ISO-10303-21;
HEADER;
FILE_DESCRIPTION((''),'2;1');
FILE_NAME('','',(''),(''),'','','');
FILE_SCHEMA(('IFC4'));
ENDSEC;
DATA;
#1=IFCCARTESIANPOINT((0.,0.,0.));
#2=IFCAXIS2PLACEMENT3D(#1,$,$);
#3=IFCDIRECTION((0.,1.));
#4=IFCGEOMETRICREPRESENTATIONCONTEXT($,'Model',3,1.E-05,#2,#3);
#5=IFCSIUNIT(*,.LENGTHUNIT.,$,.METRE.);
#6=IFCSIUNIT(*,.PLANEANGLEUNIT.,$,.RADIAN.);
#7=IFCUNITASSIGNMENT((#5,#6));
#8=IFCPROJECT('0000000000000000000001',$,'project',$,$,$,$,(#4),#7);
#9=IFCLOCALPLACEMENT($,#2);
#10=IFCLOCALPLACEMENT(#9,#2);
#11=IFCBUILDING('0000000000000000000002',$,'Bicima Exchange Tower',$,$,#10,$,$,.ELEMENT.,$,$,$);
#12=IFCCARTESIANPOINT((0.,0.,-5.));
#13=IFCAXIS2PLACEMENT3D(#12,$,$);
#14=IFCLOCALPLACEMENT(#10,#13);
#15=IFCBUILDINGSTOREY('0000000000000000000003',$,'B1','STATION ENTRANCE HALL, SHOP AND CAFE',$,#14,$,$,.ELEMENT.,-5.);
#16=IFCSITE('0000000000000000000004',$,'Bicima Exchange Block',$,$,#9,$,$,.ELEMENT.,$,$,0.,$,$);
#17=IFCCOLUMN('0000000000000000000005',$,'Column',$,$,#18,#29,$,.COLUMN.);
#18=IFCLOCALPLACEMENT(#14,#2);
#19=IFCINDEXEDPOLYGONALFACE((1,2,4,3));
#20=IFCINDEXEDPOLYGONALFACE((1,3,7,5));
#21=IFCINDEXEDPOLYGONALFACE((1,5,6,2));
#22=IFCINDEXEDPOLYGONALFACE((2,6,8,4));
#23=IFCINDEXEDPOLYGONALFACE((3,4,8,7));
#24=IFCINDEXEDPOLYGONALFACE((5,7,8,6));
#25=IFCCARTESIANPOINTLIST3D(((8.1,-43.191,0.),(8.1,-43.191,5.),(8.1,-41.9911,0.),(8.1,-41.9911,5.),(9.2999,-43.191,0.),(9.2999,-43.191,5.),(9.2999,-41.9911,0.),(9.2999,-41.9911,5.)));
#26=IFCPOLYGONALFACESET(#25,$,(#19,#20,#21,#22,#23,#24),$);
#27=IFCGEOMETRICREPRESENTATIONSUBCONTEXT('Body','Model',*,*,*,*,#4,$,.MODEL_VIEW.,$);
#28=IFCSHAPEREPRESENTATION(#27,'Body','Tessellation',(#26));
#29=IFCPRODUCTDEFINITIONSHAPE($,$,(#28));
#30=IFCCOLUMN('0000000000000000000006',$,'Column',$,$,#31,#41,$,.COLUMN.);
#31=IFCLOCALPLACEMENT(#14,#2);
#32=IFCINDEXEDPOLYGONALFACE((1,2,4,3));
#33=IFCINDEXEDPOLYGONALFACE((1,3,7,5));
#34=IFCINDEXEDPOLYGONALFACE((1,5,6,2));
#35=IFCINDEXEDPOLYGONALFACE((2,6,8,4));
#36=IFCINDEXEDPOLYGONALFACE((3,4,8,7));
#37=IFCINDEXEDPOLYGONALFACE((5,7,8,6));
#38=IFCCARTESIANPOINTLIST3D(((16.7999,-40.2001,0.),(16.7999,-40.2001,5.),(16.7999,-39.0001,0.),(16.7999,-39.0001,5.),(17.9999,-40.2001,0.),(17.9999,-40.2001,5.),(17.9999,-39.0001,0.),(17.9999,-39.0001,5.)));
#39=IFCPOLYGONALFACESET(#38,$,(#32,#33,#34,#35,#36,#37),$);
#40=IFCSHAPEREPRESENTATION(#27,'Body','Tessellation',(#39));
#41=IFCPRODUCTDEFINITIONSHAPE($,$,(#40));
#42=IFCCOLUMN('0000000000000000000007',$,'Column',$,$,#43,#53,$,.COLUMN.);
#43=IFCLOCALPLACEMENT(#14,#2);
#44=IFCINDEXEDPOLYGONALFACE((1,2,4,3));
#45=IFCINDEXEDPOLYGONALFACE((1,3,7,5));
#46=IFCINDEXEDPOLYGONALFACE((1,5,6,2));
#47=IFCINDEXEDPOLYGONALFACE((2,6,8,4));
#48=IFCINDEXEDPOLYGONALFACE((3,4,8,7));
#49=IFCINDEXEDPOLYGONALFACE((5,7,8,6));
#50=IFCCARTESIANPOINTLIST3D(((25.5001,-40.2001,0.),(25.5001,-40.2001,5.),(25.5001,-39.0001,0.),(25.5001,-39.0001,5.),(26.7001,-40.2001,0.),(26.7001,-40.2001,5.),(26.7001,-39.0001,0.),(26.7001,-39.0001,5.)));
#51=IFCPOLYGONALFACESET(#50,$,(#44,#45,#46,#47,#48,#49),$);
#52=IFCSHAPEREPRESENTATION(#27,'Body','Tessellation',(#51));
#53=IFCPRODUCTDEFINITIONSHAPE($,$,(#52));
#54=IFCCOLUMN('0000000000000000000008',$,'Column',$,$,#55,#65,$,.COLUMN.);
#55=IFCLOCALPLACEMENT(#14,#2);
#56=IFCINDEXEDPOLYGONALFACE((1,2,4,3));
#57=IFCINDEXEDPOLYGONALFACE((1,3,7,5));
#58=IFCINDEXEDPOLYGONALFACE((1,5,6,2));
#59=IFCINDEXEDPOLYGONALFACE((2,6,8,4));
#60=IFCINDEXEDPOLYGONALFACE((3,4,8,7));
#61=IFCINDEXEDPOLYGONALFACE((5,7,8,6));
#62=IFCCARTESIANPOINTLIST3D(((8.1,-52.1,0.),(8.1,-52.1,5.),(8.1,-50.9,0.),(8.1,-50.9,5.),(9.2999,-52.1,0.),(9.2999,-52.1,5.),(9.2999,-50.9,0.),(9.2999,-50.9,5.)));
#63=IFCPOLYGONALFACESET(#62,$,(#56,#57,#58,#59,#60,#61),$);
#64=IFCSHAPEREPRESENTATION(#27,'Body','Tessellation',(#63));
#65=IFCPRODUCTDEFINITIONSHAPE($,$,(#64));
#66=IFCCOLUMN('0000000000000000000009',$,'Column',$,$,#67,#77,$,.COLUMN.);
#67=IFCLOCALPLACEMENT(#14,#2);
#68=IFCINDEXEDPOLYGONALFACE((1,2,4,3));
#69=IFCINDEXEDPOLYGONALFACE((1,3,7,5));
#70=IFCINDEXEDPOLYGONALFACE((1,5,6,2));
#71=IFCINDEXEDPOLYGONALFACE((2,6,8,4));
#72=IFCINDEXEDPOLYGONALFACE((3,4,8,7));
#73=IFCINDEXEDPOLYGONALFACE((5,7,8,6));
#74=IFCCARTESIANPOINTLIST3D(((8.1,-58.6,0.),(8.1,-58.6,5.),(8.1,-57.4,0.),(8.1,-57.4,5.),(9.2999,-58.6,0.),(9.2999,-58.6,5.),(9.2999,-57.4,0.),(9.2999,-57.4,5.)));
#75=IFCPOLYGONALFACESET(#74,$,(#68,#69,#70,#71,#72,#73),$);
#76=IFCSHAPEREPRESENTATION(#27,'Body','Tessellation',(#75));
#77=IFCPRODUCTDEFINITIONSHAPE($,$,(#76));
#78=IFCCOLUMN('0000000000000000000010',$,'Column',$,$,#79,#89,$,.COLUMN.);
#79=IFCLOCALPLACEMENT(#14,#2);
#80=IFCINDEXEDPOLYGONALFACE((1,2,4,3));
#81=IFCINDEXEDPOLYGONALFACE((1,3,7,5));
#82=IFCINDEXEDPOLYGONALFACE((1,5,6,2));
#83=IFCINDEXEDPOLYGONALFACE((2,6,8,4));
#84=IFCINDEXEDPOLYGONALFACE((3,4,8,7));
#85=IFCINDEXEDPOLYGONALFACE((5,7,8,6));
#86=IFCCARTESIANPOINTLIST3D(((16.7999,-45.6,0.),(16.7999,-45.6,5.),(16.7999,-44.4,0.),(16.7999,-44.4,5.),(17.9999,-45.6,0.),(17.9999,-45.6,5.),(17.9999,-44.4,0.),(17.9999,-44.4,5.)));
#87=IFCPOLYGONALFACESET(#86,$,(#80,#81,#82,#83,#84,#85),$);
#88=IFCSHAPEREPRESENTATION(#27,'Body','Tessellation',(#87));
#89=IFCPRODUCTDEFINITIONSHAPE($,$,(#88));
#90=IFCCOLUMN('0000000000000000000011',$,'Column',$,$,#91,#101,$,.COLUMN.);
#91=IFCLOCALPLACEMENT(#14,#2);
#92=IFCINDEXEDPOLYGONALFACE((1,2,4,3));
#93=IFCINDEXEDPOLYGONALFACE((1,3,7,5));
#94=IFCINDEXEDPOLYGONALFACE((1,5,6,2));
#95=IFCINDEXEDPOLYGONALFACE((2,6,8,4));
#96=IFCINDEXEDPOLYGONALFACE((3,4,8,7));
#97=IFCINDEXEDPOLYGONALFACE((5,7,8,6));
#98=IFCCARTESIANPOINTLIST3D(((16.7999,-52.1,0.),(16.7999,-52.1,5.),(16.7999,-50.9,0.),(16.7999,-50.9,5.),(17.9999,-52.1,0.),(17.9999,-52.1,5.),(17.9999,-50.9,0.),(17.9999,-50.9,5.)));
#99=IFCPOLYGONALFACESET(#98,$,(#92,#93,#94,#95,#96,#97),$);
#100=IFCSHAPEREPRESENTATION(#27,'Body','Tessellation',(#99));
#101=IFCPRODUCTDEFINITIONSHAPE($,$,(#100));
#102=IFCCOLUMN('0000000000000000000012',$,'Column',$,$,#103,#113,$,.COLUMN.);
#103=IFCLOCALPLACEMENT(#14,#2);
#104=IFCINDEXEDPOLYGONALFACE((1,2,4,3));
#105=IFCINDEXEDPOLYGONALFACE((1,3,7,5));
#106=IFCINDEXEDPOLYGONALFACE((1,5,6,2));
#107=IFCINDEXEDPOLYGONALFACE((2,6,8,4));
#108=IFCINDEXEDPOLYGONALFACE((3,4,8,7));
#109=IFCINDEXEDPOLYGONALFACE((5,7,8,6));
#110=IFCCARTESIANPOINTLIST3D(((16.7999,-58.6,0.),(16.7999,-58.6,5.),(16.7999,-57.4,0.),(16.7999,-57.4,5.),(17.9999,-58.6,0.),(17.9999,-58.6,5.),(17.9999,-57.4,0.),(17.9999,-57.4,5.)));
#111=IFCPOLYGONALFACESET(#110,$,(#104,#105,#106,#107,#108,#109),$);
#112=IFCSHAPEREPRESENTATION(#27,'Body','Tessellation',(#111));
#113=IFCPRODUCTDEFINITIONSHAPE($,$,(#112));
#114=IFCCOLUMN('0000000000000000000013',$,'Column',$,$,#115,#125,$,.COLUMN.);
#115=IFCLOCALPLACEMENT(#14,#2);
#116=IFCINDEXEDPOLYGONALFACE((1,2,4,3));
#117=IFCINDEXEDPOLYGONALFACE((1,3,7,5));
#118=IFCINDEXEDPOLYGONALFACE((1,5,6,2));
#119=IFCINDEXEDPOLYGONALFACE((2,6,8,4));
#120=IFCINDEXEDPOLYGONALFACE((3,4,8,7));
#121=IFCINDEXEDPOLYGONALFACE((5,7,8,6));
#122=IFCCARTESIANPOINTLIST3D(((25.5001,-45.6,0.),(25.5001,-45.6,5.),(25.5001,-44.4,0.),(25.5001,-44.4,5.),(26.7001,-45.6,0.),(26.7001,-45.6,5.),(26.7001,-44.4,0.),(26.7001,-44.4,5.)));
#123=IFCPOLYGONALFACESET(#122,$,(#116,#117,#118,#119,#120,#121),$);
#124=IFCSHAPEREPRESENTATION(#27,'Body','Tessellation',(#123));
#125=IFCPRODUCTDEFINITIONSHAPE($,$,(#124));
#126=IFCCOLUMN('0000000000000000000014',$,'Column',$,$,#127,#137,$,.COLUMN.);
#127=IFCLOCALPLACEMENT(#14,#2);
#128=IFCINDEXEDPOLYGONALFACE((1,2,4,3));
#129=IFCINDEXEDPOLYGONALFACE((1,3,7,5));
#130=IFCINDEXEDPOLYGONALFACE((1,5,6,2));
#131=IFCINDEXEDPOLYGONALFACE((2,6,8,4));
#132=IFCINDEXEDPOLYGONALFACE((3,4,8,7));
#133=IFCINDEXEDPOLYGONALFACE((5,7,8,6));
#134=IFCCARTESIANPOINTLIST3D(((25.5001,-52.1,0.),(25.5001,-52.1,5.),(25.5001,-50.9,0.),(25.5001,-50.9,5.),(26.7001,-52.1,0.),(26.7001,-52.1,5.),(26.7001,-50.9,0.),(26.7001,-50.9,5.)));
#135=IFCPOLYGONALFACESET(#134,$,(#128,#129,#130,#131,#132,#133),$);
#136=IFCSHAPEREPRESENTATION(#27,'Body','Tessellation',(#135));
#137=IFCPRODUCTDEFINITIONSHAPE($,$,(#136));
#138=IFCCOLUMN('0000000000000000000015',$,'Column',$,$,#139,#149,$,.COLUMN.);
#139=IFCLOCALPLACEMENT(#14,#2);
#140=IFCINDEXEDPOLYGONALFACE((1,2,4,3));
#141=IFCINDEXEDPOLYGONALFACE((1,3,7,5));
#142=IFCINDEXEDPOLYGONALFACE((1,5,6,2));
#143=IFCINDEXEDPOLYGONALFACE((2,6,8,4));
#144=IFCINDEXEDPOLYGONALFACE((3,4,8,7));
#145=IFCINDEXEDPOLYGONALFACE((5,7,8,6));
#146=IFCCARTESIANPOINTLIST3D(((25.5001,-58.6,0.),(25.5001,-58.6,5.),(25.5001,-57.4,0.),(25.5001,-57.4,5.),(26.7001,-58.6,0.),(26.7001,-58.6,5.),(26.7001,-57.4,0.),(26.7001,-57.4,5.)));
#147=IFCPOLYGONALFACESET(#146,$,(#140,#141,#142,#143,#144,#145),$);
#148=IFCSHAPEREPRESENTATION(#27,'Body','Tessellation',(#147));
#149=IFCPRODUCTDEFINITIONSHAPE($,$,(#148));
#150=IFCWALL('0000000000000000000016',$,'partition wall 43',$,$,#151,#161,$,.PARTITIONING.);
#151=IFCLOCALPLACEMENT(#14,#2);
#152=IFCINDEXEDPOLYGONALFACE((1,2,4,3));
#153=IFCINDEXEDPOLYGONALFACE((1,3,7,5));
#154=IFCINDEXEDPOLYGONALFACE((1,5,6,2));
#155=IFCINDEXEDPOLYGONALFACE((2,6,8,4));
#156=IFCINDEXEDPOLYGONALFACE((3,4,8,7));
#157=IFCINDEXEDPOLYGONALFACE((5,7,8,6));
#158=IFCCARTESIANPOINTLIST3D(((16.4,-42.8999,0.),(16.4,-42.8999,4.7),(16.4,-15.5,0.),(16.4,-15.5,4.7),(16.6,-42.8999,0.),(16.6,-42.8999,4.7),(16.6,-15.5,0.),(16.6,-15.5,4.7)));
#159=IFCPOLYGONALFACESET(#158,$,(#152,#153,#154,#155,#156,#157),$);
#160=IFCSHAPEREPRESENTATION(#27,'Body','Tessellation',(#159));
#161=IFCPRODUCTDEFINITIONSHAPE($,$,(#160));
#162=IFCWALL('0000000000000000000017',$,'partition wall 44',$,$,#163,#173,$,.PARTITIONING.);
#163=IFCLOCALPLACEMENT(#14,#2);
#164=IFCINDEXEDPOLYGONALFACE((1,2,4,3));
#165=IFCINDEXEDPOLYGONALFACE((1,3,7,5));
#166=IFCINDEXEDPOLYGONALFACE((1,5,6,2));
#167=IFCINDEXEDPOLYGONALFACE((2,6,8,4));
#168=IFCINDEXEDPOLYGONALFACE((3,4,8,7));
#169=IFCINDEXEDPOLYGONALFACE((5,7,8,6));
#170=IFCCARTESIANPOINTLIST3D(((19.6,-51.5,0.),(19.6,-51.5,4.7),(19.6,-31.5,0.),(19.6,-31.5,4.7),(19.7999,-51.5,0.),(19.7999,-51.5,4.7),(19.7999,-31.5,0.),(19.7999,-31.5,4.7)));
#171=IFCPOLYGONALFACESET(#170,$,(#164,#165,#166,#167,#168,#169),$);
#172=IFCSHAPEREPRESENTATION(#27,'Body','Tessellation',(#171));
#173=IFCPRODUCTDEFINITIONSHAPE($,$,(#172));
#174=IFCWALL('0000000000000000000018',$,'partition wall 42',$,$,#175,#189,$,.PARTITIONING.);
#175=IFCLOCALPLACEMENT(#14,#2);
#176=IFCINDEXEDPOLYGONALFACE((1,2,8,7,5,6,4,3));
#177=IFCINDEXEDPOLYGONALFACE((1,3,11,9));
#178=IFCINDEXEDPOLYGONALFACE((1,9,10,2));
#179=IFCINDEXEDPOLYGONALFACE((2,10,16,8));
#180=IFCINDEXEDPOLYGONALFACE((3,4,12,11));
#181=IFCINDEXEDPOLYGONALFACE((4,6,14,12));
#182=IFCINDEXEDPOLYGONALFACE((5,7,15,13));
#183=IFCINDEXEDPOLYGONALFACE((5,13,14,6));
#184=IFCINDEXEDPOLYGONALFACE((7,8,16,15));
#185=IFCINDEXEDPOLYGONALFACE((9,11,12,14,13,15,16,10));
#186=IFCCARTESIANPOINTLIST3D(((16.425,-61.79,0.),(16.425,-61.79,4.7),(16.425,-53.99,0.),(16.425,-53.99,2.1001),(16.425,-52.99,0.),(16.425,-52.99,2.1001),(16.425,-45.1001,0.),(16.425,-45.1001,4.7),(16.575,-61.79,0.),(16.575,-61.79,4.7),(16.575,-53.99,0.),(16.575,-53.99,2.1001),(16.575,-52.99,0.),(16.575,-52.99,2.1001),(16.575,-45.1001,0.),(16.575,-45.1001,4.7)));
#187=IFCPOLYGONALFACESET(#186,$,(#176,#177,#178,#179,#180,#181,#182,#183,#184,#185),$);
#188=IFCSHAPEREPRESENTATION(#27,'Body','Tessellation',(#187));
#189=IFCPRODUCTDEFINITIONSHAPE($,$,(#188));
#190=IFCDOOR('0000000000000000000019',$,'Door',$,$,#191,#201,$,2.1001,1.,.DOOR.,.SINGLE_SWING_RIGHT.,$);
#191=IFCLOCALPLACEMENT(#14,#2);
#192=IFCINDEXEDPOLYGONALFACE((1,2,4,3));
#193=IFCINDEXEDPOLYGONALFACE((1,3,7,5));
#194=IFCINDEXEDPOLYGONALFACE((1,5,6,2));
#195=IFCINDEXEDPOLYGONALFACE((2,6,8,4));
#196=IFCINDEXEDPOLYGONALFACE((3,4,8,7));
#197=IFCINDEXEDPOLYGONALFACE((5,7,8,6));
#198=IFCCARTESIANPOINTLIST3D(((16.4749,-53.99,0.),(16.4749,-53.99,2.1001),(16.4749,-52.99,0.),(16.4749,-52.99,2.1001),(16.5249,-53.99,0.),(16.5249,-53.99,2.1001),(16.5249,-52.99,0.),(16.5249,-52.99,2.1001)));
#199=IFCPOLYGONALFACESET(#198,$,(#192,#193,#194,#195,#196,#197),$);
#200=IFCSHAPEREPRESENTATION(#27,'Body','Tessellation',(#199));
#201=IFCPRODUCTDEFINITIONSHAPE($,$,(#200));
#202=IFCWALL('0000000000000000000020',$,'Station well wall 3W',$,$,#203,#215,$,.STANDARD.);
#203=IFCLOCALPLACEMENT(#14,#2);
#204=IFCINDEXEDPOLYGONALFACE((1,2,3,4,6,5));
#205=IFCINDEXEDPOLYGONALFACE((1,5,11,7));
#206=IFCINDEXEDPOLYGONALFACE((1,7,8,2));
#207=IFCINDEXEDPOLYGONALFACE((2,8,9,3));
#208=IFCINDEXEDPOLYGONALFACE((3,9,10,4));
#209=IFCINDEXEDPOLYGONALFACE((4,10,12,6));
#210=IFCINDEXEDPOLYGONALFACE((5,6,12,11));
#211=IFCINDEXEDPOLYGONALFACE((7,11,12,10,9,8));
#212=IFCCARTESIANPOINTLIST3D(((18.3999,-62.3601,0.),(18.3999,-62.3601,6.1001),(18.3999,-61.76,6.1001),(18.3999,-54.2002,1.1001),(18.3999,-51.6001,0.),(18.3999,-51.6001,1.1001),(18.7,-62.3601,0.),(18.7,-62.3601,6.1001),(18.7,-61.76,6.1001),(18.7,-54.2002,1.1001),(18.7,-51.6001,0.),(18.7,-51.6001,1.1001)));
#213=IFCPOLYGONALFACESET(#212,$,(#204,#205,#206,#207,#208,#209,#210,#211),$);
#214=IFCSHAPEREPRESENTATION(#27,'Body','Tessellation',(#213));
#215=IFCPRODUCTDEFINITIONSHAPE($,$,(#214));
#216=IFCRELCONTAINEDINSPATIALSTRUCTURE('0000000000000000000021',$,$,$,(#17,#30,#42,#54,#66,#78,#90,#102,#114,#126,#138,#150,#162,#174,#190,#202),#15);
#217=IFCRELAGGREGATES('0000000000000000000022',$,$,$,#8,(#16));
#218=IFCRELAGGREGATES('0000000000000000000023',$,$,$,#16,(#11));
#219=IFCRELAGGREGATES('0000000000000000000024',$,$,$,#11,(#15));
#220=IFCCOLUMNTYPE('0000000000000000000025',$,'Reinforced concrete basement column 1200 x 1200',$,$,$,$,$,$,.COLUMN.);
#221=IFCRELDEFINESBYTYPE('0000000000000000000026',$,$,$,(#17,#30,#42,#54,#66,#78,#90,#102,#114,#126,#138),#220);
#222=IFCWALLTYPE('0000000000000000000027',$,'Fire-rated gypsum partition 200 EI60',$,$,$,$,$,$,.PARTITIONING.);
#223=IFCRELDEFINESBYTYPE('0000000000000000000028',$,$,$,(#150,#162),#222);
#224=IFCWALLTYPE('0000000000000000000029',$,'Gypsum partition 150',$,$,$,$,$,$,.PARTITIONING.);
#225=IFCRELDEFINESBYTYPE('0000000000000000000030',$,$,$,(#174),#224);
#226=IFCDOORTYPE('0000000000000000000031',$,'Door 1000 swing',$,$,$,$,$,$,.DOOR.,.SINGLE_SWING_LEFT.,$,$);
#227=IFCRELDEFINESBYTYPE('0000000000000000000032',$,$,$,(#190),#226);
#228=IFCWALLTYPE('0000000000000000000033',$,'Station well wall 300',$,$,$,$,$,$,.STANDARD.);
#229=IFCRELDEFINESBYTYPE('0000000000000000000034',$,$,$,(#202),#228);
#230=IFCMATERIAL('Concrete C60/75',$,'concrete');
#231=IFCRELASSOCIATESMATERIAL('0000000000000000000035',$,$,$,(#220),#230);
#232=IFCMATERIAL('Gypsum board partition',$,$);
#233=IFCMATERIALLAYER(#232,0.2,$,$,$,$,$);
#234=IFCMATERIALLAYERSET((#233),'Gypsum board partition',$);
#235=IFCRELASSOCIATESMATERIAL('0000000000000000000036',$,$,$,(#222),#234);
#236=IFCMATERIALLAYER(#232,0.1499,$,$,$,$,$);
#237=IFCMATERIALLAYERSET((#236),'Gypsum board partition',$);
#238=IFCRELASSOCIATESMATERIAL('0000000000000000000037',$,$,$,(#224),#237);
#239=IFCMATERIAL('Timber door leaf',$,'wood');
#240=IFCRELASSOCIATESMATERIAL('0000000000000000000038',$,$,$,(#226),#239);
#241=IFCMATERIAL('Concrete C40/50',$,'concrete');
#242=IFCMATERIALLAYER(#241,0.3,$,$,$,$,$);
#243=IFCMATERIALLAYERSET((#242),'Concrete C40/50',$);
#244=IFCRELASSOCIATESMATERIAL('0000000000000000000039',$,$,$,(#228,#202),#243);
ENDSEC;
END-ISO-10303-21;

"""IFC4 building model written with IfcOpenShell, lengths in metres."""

from ifc_helpers import new_model, si_unit, direction, frame, frame_2d, origin, origin_2d, place, context, subcontext, project, spatial, polyline, rectangle, outline, extrude, material, layer, layer_set, layer_usage, material_profile, profile_set, type_object, element, fill, save


model = new_model("IFC4")

# Units and contexts
model_context = context("Model", 3, precision=1e-05, world=origin(), true_north=direction((0.0, 1.0)))
body_context = subcontext(model_context, "Body", "Model", "MODEL_VIEW")
ifc_project = project(units=[si_unit("LENGTHUNIT", "METRE"), si_unit("PLANEANGLEUNIT", "RADIAN")], contexts=[model_context])

# Site, building, storey
site_placement = place(None, origin())
site = spatial("IfcSite", under=ifc_project, at=site_placement, Name="Bicima Exchange Block", CompositionType="ELEMENT", RefElevation=0.0)
building_placement = place(site_placement, origin())
building = spatial("IfcBuilding", under=site, at=building_placement, Name="Bicima Exchange Tower", CompositionType="ELEMENT")
storey_placement = place(building_placement, frame((0.0, 0.0, -5.0)))
storey = spatial("IfcBuildingStorey", under=building, at=storey_placement, Name="B1", Description="STATION ENTRANCE HALL, SHOP AND CAFE", CompositionType="ELEMENT", Elevation=-5.0)

# Columns
ifc_material_1 = material(Name="Concrete C60/75", Category="concrete")
ifc_material_profile = material_profile(ifc_material_1, rectangle(XDim=1.2, YDim=1.2, at=origin_2d()))
ifc_profile_set = profile_set([ifc_material_profile], Name="Concrete C60/75")
column_type = type_object("IfcColumnType", Name="Reinforced concrete basement column 1200 x 1200", PredefinedType="COLUMN", material=ifc_profile_set)
for number, where, z_axis, x_axis, name in (
    (1, (8.7, -42.5911, 0.0), (0.0, 0.0, 1.0), (1.0, 0.0, 0.0), "Column"),
    (2, (17.3999, -39.6001, 0.0), (0.0, 0.0, 1.0), (1.0, 0.0, 0.0), "Column"),
    (3, (26.1001, -39.6001, 0.0), (0.0, 0.0, 1.0), (1.0, 0.0, 0.0), "Column"),
    (4, (8.7, -51.5, 0.0), (0.0, 0.0, 1.0), (1.0, 0.0, 0.0), "Column"),
    (5, (8.7, -58.0, 0.0), (0.0, 0.0, 1.0), (1.0, 0.0, 0.0), "Column"),
    (6, (17.3999, -45.0, 0.0), (0.0, 0.0, 1.0), (1.0, 0.0, 0.0), "Column"),
    (7, (17.3999, -51.5, 0.0), (0.0, 0.0, 1.0), (1.0, 0.0, 0.0), "Column"),
    (8, (17.3999, -58.0, 0.0), (0.0, 0.0, 1.0), (1.0, 0.0, 0.0), "Column"),
    (9, (26.1001, -45.0, 0.0), (0.0, 0.0, 1.0), (1.0, 0.0, 0.0), "Column"),
    (10, (26.1001, -51.5, 0.0), (0.0, 0.0, 1.0), (1.0, 0.0, 0.0), "Column"),
    (11, (26.1001, -58.0, 0.0), (0.0, 0.0, 1.0), (1.0, 0.0, 0.0), "Column"),
):
    element("IfcColumn", number, at=place(storey_placement, frame(where, z_axis=z_axis, x_axis=x_axis)), inside=storey, type_object=column_type, Name=name, PredefinedType="COLUMN", context=body_context, shape_type="SweptSolid", body=[
        extrude(rectangle(XDim=1.2, YDim=1.2, at=origin_2d()), origin(), (0.0, 0.0, 1.0), 5.0),
    ])

# Walls
ifc_material_2 = material(Name="Gypsum board partition")
ifc_layer_1 = layer(ifc_material_2, 0.2)
ifc_layer_set_1 = layer_set([ifc_layer_1], Name="Gypsum board partition")
wall_type_1 = type_object("IfcWallType", Name="Fire-rated gypsum partition 200 EI60", PredefinedType="PARTITIONING", material=ifc_layer_set_1)
wall_1_placement = place(storey_placement, frame((16.5, -42.8999, 0.0), z_axis=(0.0, 0.0, 1.0), x_axis=(0.0, 1.0, 0.0)))
element("IfcWall", 12, at=wall_1_placement, inside=storey, type_object=wall_type_1, Name="partition wall 43", PredefinedType="PARTITIONING", context=body_context, shape_type="SweptSolid", body=[
    extrude(rectangle(XDim=27.3999, YDim=0.2, at=frame_2d((13.7, 0.0))), origin(), (0.0, 0.0, 1.0), 4.7),
])
wall_2_placement = place(storey_placement, frame((19.7, -51.5, 0.0), z_axis=(0.0, 0.0, 1.0), x_axis=(0.0, 1.0, 0.0)))
element("IfcWall", 13, at=wall_2_placement, inside=storey, type_object=wall_type_1, Name="partition wall 44", PredefinedType="PARTITIONING", context=body_context, shape_type="SweptSolid", body=[
    extrude(rectangle(XDim=20.0, YDim=0.2, at=frame_2d((10.0, 0.0))), origin(), (0.0, 0.0, 1.0), 4.7),
])

# Wall, opening, door
ifc_layer_2 = layer(ifc_material_2, 0.1499)
ifc_layer_set_2 = layer_set([ifc_layer_2], Name="Gypsum board partition")
wall_type_2 = type_object("IfcWallType", Name="Gypsum partition 150", PredefinedType="PARTITIONING", material=ifc_layer_set_2)
wall_3_placement = place(storey_placement, frame((16.5, -61.79, 0.0), z_axis=(0.0, 0.0, 1.0), x_axis=(0.0, 1.0, 0.0)))
wall_3 = element("IfcWall", 14, at=wall_3_placement, inside=storey, type_object=wall_type_2, Name="partition wall 42", PredefinedType="PARTITIONING", context=body_context, shape_type="SweptSolid", body=[
    extrude(rectangle(XDim=16.6899, YDim=0.1499, at=frame_2d((8.345, 0.0))), origin(), (0.0, 0.0, 1.0), 4.7),
])
opening_1_placement = place(wall_3_placement, frame((7.8, 0.0, 0.0)))
opening_1 = element("IfcOpeningElement", 15, at=opening_1_placement, cuts=wall_3, PredefinedType="OPENING", context=body_context, shape_type="SweptSolid", body=[
    extrude(rectangle(XDim=1.0, YDim=2.1001, at=frame_2d((0.5, 1.05))), frame((0.0, 0.0869, 0.0), z_axis=(0.0, -1.0, 0.0), x_axis=(1.0, 0.0, 0.0)), (0.0, 0.0, 1.0), 0.1738),
])
ifc_material_3 = material(Name="Timber door leaf", Category="wood")
door_type_1 = type_object("IfcDoorType", Name="Door 1000 swing", OperationType="SINGLE_SWING_LEFT", PredefinedType="DOOR", material=ifc_material_3)
door_1_placement = place(opening_1_placement, frame((1.0, 0.0, 0.0), z_axis=(0.0, 0.0, 1.0), x_axis=(-1.0, 0.0, 0.0)))
door_1 = element("IfcDoor", 16, at=door_1_placement, inside=storey, type_object=door_type_1, Name="Door", OperationType="SINGLE_SWING_RIGHT", OverallHeight=2.1001, OverallWidth=1.0, PredefinedType="DOOR", context=body_context, shape_type="SweptSolid", body=[
    extrude(rectangle(XDim=1.0, YDim=2.1001, at=frame_2d((0.5, 1.05))), frame((0.0, 0.0249, 0.0), z_axis=(0.0, -1.0, 0.0), x_axis=(1.0, 0.0, 0.0)), (0.0, 0.0, 1.0), 0.05),
])
fill(opening_1, door_1)
ifc_material_4 = material(Name="Concrete C40/50", Category="concrete")

# Wall
ifc_layer_3 = layer(ifc_material_4, 0.3)
ifc_layer_set_3 = layer_set([ifc_layer_3], Name="Concrete C40/50")
ifc_layer_usage_1 = layer_usage(ifc_layer_set_3, "AXIS2", "POSITIVE", -0.15)
wall_type_3 = type_object("IfcWallType", Name="Station well wall 300", PredefinedType="STANDARD", material=ifc_layer_set_3)
for number, where, z_axis, x_axis, name in (
    (17, (18.55, -51.6001, 0.0), (0.0, 0.0, 1.0), (0.0, -1.0, 0.0), "Station well wall 3W"),
):
    element("IfcWall", number, at=place(storey_placement, frame(where, z_axis=z_axis, x_axis=x_axis)), inside=storey, type_object=wall_type_3, material=ifc_layer_usage_1, Name=name, PredefinedType="STANDARD", context=body_context, shape_type="SweptSolid", body=[
        extrude(outline(polyline([(0.0, 0.0), (10.76, 0.0), (10.76, 6.1001), (10.1599, 6.1001), (2.6001, 1.1001), (0.0, 1.1001), (0.0, 0.0)])), frame((0.0, 0.1499, 0.0), z_axis=(0.0, -1.0, 0.0), x_axis=(1.0, 0.0, 0.0)), (0.0, 0.0, 1.0), 0.3),
    ])

save(model, "model.ifc")
